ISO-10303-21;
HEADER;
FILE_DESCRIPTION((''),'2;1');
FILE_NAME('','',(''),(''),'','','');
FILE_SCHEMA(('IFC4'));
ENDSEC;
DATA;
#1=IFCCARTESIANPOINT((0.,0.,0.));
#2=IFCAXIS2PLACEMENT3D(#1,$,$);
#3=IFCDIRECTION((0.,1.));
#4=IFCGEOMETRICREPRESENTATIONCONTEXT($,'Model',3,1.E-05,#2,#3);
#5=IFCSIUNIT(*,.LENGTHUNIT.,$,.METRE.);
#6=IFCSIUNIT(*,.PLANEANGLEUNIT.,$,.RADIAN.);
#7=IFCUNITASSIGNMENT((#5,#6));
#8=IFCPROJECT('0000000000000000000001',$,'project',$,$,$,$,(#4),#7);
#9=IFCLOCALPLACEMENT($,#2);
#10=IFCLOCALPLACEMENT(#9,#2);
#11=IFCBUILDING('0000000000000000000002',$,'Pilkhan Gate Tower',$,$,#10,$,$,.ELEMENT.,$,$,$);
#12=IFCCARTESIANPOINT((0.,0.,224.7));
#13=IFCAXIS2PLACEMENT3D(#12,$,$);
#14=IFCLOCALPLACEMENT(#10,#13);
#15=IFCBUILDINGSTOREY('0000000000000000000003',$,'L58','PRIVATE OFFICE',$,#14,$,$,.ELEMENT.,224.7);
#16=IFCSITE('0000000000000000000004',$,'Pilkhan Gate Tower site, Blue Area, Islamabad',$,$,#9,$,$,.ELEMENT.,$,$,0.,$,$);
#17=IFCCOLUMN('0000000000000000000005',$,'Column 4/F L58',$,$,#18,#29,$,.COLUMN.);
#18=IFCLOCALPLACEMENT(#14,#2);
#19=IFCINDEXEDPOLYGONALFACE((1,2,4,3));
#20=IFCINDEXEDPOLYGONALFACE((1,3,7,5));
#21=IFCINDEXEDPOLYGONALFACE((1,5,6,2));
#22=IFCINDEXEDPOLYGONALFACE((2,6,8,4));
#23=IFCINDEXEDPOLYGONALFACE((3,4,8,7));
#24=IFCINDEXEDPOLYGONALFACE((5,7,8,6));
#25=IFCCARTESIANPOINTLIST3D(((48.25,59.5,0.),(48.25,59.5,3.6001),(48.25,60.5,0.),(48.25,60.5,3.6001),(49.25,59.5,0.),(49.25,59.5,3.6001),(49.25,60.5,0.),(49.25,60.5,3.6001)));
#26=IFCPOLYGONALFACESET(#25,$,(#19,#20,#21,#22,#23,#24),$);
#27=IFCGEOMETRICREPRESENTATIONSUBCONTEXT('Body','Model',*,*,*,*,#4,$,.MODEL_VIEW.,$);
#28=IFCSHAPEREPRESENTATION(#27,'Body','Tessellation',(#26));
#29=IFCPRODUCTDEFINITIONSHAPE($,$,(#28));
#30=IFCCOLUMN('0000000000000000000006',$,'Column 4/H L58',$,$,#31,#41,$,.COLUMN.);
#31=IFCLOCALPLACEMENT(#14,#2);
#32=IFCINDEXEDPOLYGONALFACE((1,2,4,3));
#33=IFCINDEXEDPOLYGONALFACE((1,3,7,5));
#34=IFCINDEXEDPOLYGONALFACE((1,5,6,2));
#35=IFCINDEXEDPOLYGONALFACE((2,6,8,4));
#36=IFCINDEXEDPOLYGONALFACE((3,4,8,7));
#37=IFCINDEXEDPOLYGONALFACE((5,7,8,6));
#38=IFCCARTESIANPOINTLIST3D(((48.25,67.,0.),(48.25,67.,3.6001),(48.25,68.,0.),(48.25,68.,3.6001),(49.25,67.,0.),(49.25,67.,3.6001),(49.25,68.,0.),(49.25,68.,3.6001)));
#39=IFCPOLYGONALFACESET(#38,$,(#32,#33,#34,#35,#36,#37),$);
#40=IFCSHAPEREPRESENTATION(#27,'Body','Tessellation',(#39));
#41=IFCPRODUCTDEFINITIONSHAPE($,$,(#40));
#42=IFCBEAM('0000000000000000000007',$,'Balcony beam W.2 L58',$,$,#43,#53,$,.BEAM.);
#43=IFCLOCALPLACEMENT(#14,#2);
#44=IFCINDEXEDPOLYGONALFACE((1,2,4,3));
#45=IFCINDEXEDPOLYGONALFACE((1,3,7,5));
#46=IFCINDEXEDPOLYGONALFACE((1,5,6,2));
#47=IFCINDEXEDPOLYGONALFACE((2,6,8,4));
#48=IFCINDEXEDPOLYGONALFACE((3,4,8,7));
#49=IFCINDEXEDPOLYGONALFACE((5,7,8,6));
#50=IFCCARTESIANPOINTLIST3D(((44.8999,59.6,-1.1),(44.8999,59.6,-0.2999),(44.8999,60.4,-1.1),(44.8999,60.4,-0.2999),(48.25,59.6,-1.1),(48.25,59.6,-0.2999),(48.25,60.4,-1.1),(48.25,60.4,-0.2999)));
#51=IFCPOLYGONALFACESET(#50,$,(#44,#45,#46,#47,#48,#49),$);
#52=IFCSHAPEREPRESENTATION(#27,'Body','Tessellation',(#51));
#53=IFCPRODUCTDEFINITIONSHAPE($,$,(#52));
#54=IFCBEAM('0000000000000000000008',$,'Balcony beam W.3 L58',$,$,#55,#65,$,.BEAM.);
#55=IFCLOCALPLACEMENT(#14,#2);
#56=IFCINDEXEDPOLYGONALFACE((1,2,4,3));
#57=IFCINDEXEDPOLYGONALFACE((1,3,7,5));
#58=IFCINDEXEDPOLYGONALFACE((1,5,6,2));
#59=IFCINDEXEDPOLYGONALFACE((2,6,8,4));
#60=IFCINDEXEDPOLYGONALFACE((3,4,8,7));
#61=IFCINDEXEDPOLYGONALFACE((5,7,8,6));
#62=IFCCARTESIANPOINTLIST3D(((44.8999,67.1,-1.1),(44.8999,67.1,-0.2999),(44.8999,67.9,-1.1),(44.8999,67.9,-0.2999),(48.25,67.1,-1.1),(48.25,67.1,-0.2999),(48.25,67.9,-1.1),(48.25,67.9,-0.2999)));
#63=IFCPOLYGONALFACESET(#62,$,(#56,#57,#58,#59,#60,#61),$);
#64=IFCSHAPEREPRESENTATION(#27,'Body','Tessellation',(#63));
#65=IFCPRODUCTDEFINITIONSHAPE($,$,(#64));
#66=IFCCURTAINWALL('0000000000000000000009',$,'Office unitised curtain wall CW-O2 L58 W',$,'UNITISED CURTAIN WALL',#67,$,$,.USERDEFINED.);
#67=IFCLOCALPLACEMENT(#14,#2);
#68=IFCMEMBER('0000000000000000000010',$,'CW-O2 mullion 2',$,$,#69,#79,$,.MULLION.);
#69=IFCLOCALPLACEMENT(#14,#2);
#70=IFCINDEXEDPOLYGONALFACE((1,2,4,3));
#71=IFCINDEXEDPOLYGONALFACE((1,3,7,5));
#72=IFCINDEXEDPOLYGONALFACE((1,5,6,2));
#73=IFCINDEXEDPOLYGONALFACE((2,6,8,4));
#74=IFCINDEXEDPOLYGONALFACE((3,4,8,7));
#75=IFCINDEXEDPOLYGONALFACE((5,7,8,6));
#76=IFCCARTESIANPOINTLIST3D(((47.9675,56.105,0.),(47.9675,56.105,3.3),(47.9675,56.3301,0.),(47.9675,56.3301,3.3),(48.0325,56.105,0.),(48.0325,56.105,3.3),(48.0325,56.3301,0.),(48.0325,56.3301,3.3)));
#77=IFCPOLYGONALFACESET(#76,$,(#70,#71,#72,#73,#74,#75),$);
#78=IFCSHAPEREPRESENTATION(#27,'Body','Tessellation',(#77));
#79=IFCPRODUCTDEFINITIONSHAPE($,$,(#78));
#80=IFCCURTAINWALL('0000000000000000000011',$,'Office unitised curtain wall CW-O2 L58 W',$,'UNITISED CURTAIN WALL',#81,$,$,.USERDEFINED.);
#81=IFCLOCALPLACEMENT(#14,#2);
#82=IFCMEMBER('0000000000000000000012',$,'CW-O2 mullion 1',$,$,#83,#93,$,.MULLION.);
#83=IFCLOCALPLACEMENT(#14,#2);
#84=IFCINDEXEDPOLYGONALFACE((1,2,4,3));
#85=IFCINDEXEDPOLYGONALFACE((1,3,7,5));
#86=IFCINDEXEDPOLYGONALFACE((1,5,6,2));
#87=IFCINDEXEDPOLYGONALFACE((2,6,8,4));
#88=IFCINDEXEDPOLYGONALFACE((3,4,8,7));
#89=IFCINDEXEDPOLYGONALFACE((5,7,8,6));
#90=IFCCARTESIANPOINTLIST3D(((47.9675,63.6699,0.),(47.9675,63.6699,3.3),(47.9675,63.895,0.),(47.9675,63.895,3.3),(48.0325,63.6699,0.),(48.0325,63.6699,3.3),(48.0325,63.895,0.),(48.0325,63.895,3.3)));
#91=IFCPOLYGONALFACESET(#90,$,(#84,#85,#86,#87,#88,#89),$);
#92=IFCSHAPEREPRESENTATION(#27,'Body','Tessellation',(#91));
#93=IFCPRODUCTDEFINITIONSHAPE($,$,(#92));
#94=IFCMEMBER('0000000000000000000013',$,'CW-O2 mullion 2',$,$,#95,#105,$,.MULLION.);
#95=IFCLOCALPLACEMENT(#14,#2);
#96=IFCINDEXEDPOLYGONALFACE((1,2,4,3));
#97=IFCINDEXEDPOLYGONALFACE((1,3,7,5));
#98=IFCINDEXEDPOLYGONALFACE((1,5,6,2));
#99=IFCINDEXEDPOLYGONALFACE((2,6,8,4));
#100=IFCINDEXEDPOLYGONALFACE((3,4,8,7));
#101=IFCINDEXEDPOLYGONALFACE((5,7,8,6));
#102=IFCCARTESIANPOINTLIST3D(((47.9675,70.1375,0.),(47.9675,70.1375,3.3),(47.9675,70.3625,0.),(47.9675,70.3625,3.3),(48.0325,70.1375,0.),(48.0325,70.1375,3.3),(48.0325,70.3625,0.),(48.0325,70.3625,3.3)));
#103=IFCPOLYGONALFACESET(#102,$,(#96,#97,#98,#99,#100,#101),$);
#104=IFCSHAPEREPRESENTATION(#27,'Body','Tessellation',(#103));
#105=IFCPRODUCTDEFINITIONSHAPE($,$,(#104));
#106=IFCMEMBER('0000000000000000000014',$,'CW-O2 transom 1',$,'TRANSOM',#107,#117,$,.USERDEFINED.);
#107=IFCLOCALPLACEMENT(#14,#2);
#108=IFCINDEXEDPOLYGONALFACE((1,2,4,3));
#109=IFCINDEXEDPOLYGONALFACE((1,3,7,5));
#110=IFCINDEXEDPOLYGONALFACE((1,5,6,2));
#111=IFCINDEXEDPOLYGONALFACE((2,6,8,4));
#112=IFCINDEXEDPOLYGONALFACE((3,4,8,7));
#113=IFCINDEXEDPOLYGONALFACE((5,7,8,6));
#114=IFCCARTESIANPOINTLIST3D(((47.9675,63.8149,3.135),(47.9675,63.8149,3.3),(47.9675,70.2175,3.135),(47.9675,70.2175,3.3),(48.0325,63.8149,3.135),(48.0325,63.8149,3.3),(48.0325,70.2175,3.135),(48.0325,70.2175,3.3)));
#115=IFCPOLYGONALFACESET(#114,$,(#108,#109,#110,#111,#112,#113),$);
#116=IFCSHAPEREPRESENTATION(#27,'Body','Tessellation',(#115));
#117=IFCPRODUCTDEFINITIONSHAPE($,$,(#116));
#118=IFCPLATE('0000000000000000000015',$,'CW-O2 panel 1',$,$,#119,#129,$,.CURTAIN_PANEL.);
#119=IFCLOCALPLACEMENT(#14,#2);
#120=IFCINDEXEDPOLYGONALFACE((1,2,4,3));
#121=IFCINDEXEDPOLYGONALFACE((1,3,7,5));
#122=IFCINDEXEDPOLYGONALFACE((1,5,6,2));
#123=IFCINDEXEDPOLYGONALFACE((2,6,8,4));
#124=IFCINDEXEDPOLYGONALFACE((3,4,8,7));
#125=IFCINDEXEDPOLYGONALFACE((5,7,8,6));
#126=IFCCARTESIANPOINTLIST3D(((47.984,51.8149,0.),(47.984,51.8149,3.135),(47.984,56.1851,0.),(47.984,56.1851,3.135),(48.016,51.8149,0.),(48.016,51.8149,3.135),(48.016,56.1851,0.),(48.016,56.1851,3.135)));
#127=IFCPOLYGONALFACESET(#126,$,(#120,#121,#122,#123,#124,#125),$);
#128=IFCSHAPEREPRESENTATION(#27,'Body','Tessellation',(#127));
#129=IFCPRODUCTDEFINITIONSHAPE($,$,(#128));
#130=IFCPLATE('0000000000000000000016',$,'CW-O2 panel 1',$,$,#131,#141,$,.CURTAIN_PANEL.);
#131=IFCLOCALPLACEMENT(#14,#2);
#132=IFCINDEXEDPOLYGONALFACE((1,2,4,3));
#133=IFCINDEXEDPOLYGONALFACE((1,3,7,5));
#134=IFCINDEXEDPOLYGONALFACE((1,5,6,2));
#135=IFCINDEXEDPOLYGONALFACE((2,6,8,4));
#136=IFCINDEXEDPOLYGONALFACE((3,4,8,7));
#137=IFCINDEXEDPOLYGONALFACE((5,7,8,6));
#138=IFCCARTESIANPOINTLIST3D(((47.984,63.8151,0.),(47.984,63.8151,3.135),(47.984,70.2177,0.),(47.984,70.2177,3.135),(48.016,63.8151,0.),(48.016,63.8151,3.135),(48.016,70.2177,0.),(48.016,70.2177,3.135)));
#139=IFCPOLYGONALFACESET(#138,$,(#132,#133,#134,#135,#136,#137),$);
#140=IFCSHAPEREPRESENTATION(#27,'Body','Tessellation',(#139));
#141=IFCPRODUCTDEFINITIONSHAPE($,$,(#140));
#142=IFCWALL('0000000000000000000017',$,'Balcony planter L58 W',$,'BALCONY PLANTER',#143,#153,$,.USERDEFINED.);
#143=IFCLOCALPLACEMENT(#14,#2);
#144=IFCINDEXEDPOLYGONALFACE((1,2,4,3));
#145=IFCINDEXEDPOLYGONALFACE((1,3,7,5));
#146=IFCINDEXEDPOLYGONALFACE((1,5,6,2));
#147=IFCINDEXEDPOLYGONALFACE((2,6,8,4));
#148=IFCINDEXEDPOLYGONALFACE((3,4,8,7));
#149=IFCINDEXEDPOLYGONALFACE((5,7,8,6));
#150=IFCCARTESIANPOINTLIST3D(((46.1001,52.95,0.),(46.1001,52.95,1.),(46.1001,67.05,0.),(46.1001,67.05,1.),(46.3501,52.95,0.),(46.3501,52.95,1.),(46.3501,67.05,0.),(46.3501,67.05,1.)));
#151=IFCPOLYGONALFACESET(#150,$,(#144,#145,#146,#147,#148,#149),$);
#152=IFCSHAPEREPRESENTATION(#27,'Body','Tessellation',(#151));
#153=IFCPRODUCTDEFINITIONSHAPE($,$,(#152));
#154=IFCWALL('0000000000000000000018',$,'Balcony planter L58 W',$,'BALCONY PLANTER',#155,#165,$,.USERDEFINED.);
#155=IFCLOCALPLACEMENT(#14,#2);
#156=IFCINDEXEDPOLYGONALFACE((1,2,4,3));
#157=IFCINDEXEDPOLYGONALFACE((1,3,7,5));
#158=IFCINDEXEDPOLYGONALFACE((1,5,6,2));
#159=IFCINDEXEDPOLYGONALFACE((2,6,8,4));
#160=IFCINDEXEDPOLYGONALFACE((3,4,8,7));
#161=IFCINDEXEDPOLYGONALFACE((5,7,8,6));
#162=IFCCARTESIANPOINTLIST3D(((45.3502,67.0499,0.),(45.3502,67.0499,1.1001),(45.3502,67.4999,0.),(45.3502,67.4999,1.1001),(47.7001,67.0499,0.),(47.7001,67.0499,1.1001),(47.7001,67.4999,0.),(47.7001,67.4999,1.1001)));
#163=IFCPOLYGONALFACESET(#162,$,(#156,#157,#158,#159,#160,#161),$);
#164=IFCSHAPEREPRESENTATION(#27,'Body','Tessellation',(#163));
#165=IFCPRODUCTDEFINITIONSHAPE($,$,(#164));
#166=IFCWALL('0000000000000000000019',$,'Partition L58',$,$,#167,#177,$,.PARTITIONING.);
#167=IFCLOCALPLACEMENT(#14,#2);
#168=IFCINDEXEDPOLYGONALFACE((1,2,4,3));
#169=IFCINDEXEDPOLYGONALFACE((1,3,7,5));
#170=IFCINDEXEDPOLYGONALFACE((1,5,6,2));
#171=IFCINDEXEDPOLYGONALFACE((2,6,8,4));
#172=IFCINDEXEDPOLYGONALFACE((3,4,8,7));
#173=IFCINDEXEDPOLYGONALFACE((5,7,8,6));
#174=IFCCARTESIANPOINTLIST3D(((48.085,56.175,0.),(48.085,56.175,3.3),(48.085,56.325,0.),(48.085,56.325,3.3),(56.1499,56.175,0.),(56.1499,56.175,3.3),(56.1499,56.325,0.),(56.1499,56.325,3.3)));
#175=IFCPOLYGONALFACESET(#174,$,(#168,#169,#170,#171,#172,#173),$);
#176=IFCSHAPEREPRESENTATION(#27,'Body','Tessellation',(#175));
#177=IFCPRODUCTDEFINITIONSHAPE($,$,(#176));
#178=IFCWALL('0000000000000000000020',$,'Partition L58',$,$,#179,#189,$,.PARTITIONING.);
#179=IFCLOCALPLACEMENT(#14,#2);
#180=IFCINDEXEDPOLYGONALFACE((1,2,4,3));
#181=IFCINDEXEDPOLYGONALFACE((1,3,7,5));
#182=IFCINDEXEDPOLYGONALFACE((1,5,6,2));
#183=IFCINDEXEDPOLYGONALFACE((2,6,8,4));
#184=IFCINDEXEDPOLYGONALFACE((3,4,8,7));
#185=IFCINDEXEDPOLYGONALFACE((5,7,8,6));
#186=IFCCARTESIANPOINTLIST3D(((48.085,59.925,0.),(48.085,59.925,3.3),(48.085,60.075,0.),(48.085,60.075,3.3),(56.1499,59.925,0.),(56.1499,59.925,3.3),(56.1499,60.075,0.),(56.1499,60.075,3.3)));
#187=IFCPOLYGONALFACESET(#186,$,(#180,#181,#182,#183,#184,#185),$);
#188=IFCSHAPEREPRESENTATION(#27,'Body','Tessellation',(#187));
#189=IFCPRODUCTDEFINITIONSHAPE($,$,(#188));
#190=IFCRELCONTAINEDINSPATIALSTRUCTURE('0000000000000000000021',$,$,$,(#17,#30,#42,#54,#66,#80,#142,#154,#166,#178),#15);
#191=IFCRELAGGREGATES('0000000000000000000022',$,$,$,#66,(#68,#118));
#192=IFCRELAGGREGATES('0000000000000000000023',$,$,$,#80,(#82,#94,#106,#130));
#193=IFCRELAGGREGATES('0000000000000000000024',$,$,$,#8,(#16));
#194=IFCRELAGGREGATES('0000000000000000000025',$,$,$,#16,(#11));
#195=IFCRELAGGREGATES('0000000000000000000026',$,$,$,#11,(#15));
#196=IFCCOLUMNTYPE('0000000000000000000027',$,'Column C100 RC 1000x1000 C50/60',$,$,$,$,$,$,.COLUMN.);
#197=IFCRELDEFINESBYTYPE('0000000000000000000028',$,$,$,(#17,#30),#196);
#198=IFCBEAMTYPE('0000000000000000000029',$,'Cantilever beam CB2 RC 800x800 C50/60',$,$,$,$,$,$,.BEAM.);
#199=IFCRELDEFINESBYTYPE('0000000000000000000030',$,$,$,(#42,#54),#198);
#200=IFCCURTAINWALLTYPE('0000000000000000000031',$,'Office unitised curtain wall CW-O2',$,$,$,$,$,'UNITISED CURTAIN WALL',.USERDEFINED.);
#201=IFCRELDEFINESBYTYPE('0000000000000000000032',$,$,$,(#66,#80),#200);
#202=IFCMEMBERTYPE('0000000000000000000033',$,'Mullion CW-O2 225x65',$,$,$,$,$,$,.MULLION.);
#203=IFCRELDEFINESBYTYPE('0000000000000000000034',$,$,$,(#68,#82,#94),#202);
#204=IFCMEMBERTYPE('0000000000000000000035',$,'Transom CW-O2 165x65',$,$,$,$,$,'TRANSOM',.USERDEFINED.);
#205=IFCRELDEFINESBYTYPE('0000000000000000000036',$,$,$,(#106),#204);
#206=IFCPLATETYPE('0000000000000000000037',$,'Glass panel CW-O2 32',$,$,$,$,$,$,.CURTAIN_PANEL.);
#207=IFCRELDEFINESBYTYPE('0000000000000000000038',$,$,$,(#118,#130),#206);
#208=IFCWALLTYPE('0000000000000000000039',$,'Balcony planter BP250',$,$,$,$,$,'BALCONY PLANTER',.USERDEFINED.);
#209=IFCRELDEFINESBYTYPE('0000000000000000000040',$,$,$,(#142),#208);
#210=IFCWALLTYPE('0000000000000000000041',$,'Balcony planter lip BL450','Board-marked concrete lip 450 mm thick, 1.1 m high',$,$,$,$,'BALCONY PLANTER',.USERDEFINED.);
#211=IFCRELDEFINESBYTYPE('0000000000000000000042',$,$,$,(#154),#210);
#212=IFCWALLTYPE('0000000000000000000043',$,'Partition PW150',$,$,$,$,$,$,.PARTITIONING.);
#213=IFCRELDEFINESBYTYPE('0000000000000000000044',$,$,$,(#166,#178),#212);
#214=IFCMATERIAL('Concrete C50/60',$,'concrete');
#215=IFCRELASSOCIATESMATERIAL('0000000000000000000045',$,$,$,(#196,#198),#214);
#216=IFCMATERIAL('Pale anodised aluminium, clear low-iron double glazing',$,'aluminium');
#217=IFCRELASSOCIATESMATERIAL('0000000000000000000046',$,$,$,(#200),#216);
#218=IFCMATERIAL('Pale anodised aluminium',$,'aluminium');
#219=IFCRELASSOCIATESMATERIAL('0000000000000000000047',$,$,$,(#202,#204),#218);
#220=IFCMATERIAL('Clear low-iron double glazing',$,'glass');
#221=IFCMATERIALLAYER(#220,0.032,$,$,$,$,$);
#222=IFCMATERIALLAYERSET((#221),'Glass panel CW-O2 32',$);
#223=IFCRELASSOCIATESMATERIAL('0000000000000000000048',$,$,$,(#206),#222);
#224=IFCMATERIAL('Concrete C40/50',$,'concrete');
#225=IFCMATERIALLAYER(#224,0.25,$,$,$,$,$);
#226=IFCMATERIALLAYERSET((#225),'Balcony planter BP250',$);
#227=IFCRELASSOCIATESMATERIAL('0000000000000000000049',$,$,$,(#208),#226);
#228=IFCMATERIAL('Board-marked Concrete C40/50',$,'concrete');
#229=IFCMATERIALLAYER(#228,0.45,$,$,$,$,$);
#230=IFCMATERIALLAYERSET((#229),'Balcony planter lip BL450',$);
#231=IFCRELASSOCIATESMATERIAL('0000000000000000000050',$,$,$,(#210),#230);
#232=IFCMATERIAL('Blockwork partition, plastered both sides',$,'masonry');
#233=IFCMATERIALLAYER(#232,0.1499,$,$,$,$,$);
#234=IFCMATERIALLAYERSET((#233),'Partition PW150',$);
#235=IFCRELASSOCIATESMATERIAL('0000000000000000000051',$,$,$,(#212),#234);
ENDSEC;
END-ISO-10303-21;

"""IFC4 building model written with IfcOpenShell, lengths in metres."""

from ifc_helpers import new_model, si_unit, direction, frame, frame_2d, origin, origin_2d, place, context, subcontext, project, spatial, rectangle, extrude, material, layer, layer_set, material_profile, profile_set, type_object, element, aggregate, save


model = new_model("IFC4")

# Units and contexts
model_context = context("Model", 3, precision=1e-05, world=origin(), true_north=direction((0.0, 1.0)))
body_context = subcontext(model_context, "Body", "Model", "MODEL_VIEW")
ifc_project = project(units=[si_unit("LENGTHUNIT", "METRE"), si_unit("PLANEANGLEUNIT", "RADIAN")], contexts=[model_context])

# Site, building, storey
site_placement = place(None, origin())
site = spatial("IfcSite", under=ifc_project, at=site_placement, Name="Pilkhan Gate Tower site, Blue Area, Islamabad", CompositionType="ELEMENT", RefElevation=0.0)
building_placement = place(site_placement, origin())
building = spatial("IfcBuilding", under=site, at=building_placement, Name="Pilkhan Gate Tower", CompositionType="ELEMENT")
storey_placement = place(building_placement, frame((0.0, 0.0, 224.7)))
storey = spatial("IfcBuildingStorey", under=building, at=storey_placement, Name="L58", Description="PRIVATE OFFICE", CompositionType="ELEMENT", Elevation=224.7)

# Columns
ifc_material_1 = material(Name="Concrete C50/60", Category="concrete")
ifc_material_profile_1 = material_profile(ifc_material_1, rectangle(XDim=1.0, YDim=1.0, at=origin_2d()), Name="RC 1000x1000")
ifc_profile_set_1 = profile_set([ifc_material_profile_1], Name="Concrete C50/60")
column_type = type_object("IfcColumnType", Name="Column C100 RC 1000x1000 C50/60", PredefinedType="COLUMN", material=ifc_profile_set_1)
for number, where, z_axis, x_axis, name in (
    (1, (48.75, 60.0, 0.0), (0.0, 0.0, 1.0), (1.0, 0.0, 0.0), "Column 4/F L58"),
    (2, (48.75, 67.5, 0.0), (0.0, 0.0, 1.0), (1.0, 0.0, 0.0), "Column 4/H L58"),
):
    element("IfcColumn", number, at=place(storey_placement, frame(where, z_axis=z_axis, x_axis=x_axis)), inside=storey, type_object=column_type, Name=name, PredefinedType="COLUMN", context=body_context, shape_type="SweptSolid", body=[
        extrude(rectangle(XDim=1.0, YDim=1.0, at=origin_2d()), origin(), (0.0, 0.0, 1.0), 3.6001),
    ])

# Beams
ifc_material_profile_2 = material_profile(ifc_material_1, rectangle(XDim=0.8, YDim=0.8, at=origin_2d()), Name="RC 800x800")
ifc_profile_set_2 = profile_set([ifc_material_profile_2], Name="Concrete C50/60")
beam_type = type_object("IfcBeamType", Name="Cantilever beam CB2 RC 800x800 C50/60", PredefinedType="BEAM", material=ifc_profile_set_2)
for number, where, z_axis, x_axis, name in (
    (3, (48.25, 60.0, -0.7), (-1.0, 0.0, 0.0), (0.0, -1.0, 0.0), "Balcony beam W.2 L58"),
    (4, (48.25, 67.5, -0.7), (-1.0, 0.0, 0.0), (0.0, -1.0, 0.0), "Balcony beam W.3 L58"),
):
    element("IfcBeam", number, at=place(storey_placement, frame(where, z_axis=z_axis, x_axis=x_axis)), inside=storey, type_object=beam_type, Name=name, PredefinedType="BEAM", context=body_context, shape_type="SweptSolid", body=[
        extrude(rectangle(XDim=0.8, YDim=0.8, at=origin_2d()), origin(), (0.0, 0.0, 1.0), 3.3501),
    ])

# Curtain wall, member
ifc_material_2 = material(Name="Pale anodised aluminium, clear low-iron double glazing", Category="aluminium")
curtain_wall_type = type_object("IfcCurtainWallType", Name="Office unitised curtain wall CW-O2", ElementType="UNITISED CURTAIN WALL", PredefinedType="USERDEFINED", material=ifc_material_2)
curtain_wall_1_placement = place(storey_placement, origin())
curtain_wall_1 = element("IfcCurtainWall", 5, at=curtain_wall_1_placement, inside=storey, type_object=curtain_wall_type, Name="Office unitised curtain wall CW-O2 L58 W", ObjectType="UNITISED CURTAIN WALL", PredefinedType="USERDEFINED")
ifc_material_3 = material(Name="Pale anodised aluminium", Category="aluminium")
ifc_material_profile_3 = material_profile(ifc_material_3, rectangle(XDim=0.0649, YDim=0.2251, at=origin_2d()), Name="Mullion 225x65")
ifc_profile_set_3 = profile_set([ifc_material_profile_3], Name="Pale anodised aluminium")
member_type_1 = type_object("IfcMemberType", Name="Mullion CW-O2 225x65", PredefinedType="MULLION", material=ifc_profile_set_3)
member_1_placement = place(storey_placement, frame((48.0, 56.2175, 0.0), z_axis=(0.0, 0.0, 1.0), x_axis=(-1.0, 0.0, 0.0)))
member_1 = element("IfcMember", 6, at=member_1_placement, type_object=member_type_1, Name="CW-O2 mullion 2", PredefinedType="MULLION", context=body_context, shape_type="SweptSolid", body=[
    extrude(rectangle(XDim=0.0649, YDim=0.2251, at=origin_2d()), origin(), (0.0, 0.0, 1.0), 3.3),
])

# Curtain wall, members
curtain_wall_2_placement = place(storey_placement, origin())
curtain_wall_2 = element("IfcCurtainWall", 7, at=curtain_wall_2_placement, inside=storey, type_object=curtain_wall_type, Name="Office unitised curtain wall CW-O2 L58 W", ObjectType="UNITISED CURTAIN WALL", PredefinedType="USERDEFINED")
member_2_placement = place(storey_placement, frame((48.0, 63.7825, 0.0), z_axis=(0.0, 0.0, 1.0), x_axis=(-1.0, 0.0, 0.0)))
member_2 = element("IfcMember", 8, at=member_2_placement, type_object=member_type_1, Name="CW-O2 mullion 1", PredefinedType="MULLION", context=body_context, shape_type="SweptSolid", body=[
    extrude(rectangle(XDim=0.0649, YDim=0.2251, at=origin_2d()), origin(), (0.0, 0.0, 1.0), 3.3),
])
member_3_placement = place(storey_placement, frame((48.0, 70.25, 0.0), z_axis=(0.0, 0.0, 1.0), x_axis=(-1.0, 0.0, 0.0)))
member_3 = element("IfcMember", 9, at=member_3_placement, type_object=member_type_1, Name="CW-O2 mullion 2", PredefinedType="MULLION", context=body_context, shape_type="SweptSolid", body=[
    extrude(rectangle(XDim=0.0649, YDim=0.2251, at=origin_2d()), origin(), (0.0, 0.0, 1.0), 3.3),
])
ifc_material_profile_4 = material_profile(ifc_material_3, rectangle(XDim=0.0649, YDim=0.165, at=origin_2d()), Name="Transom 165x65")
ifc_profile_set_4 = profile_set([ifc_material_profile_4], Name="Pale anodised aluminium")
member_type_2 = type_object("IfcMemberType", Name="Transom CW-O2 165x65", ElementType="TRANSOM", PredefinedType="USERDEFINED", material=ifc_profile_set_4)
member_4_placement = place(storey_placement, frame((48.0, 63.8149, 3.2175), z_axis=(0.0, 1.0, 0.0), x_axis=(-1.0, 0.0, 0.0)))
member_4 = element("IfcMember", 10, at=member_4_placement, type_object=member_type_2, Name="CW-O2 transom 1", ObjectType="TRANSOM", PredefinedType="USERDEFINED", context=body_context, shape_type="SweptSolid", body=[
    extrude(rectangle(XDim=0.0649, YDim=0.165, at=origin_2d()), origin(), (0.0, 0.0, 1.0), 6.4026),
])

# Plates
ifc_material_4 = material(Name="Clear low-iron double glazing", Category="glass")
ifc_layer_1 = layer(ifc_material_4, 0.032)
ifc_layer_set_1 = layer_set([ifc_layer_1], Name="Glass panel CW-O2 32")
plate_type = type_object("IfcPlateType", Name="Glass panel CW-O2 32", PredefinedType="CURTAIN_PANEL", material=ifc_layer_set_1)
plate_1_placement = place(storey_placement, frame((48.0, 54.0, 0.0), z_axis=(0.0, 0.0, 1.0), x_axis=(0.0, 1.0, 0.0)))
plate_1 = element("IfcPlate", 11, at=plate_1_placement, type_object=plate_type, Name="CW-O2 panel 1", PredefinedType="CURTAIN_PANEL", context=body_context, shape_type="SweptSolid", body=[
    extrude(rectangle(XDim=4.3701, YDim=0.032, at=origin_2d()), origin(), (0.0, 0.0, 1.0), 3.135),
])
aggregate(curtain_wall_1, [member_1, plate_1])
plate_2_placement = place(storey_placement, frame((48.0, 67.0164, 0.0), z_axis=(0.0, 0.0, 1.0), x_axis=(0.0, 1.0, 0.0)))
plate_2 = element("IfcPlate", 12, at=plate_2_placement, type_object=plate_type, Name="CW-O2 panel 1", PredefinedType="CURTAIN_PANEL", context=body_context, shape_type="SweptSolid", body=[
    extrude(rectangle(XDim=6.4026, YDim=0.032, at=origin_2d()), origin(), (0.0, 0.0, 1.0), 3.135),
])
aggregate(curtain_wall_2, [member_2, member_3, member_4, plate_2])

# Walls
ifc_material_5 = material(Name="Concrete C40/50", Category="concrete")
ifc_layer_2 = layer(ifc_material_5, 0.25)
ifc_layer_set_2 = layer_set([ifc_layer_2], Name="Balcony planter BP250")
wall_type_1 = type_object("IfcWallType", Name="Balcony planter BP250", ElementType="BALCONY PLANTER", PredefinedType="USERDEFINED", material=ifc_layer_set_2)
wall_1_placement = place(storey_placement, frame((46.2251, 52.95, 0.0), z_axis=(0.0, 0.0, 1.0), x_axis=(0.0, 1.0, 0.0)))
element("IfcWall", 13, at=wall_1_placement, inside=storey, type_object=wall_type_1, Name="Balcony planter L58 W", ObjectType="BALCONY PLANTER", PredefinedType="USERDEFINED", context=body_context, shape_type="SweptSolid", body=[
    extrude(rectangle(XDim=14.1001, YDim=0.25, at=frame_2d((7.05, 0.0))), origin(), (0.0, 0.0, 1.0), 1.0),
])
ifc_material_6 = material(Name="Board-marked Concrete C40/50", Category="concrete")
ifc_layer_3 = layer(ifc_material_6, 0.45)
ifc_layer_set_3 = layer_set([ifc_layer_3], Name="Balcony planter lip BL450")
wall_type_2 = type_object("IfcWallType", Name="Balcony planter lip BL450", Description="Board-marked concrete lip 450 mm thick, 1.1 m high", ElementType="BALCONY PLANTER", PredefinedType="USERDEFINED", material=ifc_layer_set_3)
wall_2_placement = place(storey_placement, frame((47.7, 67.2749, 0.0), z_axis=(0.0, 0.0, 1.0), x_axis=(-1.0, 0.0, 0.0)))
element("IfcWall", 14, at=wall_2_placement, inside=storey, type_object=wall_type_2, Name="Balcony planter L58 W", ObjectType="BALCONY PLANTER", PredefinedType="USERDEFINED", context=body_context, shape_type="SweptSolid", body=[
    extrude(rectangle(XDim=2.3499, YDim=0.45, at=frame_2d((1.1748, 0.0))), origin(), (0.0, 0.0, 1.0), 1.1001),
])

# Walls
ifc_material_7 = material(Name="Blockwork partition, plastered both sides", Category="masonry")
ifc_layer_4 = layer(ifc_material_7, 0.1499)
ifc_layer_set_4 = layer_set([ifc_layer_4], Name="Partition PW150")
wall_type_3 = type_object("IfcWallType", Name="Partition PW150", PredefinedType="PARTITIONING", material=ifc_layer_set_4)
for number, where, z_axis, x_axis, name in (
    (15, (48.085, 56.25, 0.0), (0.0, 0.0, 1.0), (1.0, 0.0, 0.0), "Partition L58"),
    (16, (48.085, 60.0, 0.0), (0.0, 0.0, 1.0), (1.0, 0.0, 0.0), "Partition L58"),
):
    element("IfcWall", number, at=place(storey_placement, frame(where, z_axis=z_axis, x_axis=x_axis)), inside=storey, type_object=wall_type_3, Name=name, PredefinedType="PARTITIONING", context=body_context, shape_type="SweptSolid", body=[
        extrude(rectangle(XDim=8.0649, YDim=0.1499, at=frame_2d((4.0325, 0.0))), origin(), (0.0, 0.0, 1.0), 3.3),
    ])

save(model, "model.ifc")
